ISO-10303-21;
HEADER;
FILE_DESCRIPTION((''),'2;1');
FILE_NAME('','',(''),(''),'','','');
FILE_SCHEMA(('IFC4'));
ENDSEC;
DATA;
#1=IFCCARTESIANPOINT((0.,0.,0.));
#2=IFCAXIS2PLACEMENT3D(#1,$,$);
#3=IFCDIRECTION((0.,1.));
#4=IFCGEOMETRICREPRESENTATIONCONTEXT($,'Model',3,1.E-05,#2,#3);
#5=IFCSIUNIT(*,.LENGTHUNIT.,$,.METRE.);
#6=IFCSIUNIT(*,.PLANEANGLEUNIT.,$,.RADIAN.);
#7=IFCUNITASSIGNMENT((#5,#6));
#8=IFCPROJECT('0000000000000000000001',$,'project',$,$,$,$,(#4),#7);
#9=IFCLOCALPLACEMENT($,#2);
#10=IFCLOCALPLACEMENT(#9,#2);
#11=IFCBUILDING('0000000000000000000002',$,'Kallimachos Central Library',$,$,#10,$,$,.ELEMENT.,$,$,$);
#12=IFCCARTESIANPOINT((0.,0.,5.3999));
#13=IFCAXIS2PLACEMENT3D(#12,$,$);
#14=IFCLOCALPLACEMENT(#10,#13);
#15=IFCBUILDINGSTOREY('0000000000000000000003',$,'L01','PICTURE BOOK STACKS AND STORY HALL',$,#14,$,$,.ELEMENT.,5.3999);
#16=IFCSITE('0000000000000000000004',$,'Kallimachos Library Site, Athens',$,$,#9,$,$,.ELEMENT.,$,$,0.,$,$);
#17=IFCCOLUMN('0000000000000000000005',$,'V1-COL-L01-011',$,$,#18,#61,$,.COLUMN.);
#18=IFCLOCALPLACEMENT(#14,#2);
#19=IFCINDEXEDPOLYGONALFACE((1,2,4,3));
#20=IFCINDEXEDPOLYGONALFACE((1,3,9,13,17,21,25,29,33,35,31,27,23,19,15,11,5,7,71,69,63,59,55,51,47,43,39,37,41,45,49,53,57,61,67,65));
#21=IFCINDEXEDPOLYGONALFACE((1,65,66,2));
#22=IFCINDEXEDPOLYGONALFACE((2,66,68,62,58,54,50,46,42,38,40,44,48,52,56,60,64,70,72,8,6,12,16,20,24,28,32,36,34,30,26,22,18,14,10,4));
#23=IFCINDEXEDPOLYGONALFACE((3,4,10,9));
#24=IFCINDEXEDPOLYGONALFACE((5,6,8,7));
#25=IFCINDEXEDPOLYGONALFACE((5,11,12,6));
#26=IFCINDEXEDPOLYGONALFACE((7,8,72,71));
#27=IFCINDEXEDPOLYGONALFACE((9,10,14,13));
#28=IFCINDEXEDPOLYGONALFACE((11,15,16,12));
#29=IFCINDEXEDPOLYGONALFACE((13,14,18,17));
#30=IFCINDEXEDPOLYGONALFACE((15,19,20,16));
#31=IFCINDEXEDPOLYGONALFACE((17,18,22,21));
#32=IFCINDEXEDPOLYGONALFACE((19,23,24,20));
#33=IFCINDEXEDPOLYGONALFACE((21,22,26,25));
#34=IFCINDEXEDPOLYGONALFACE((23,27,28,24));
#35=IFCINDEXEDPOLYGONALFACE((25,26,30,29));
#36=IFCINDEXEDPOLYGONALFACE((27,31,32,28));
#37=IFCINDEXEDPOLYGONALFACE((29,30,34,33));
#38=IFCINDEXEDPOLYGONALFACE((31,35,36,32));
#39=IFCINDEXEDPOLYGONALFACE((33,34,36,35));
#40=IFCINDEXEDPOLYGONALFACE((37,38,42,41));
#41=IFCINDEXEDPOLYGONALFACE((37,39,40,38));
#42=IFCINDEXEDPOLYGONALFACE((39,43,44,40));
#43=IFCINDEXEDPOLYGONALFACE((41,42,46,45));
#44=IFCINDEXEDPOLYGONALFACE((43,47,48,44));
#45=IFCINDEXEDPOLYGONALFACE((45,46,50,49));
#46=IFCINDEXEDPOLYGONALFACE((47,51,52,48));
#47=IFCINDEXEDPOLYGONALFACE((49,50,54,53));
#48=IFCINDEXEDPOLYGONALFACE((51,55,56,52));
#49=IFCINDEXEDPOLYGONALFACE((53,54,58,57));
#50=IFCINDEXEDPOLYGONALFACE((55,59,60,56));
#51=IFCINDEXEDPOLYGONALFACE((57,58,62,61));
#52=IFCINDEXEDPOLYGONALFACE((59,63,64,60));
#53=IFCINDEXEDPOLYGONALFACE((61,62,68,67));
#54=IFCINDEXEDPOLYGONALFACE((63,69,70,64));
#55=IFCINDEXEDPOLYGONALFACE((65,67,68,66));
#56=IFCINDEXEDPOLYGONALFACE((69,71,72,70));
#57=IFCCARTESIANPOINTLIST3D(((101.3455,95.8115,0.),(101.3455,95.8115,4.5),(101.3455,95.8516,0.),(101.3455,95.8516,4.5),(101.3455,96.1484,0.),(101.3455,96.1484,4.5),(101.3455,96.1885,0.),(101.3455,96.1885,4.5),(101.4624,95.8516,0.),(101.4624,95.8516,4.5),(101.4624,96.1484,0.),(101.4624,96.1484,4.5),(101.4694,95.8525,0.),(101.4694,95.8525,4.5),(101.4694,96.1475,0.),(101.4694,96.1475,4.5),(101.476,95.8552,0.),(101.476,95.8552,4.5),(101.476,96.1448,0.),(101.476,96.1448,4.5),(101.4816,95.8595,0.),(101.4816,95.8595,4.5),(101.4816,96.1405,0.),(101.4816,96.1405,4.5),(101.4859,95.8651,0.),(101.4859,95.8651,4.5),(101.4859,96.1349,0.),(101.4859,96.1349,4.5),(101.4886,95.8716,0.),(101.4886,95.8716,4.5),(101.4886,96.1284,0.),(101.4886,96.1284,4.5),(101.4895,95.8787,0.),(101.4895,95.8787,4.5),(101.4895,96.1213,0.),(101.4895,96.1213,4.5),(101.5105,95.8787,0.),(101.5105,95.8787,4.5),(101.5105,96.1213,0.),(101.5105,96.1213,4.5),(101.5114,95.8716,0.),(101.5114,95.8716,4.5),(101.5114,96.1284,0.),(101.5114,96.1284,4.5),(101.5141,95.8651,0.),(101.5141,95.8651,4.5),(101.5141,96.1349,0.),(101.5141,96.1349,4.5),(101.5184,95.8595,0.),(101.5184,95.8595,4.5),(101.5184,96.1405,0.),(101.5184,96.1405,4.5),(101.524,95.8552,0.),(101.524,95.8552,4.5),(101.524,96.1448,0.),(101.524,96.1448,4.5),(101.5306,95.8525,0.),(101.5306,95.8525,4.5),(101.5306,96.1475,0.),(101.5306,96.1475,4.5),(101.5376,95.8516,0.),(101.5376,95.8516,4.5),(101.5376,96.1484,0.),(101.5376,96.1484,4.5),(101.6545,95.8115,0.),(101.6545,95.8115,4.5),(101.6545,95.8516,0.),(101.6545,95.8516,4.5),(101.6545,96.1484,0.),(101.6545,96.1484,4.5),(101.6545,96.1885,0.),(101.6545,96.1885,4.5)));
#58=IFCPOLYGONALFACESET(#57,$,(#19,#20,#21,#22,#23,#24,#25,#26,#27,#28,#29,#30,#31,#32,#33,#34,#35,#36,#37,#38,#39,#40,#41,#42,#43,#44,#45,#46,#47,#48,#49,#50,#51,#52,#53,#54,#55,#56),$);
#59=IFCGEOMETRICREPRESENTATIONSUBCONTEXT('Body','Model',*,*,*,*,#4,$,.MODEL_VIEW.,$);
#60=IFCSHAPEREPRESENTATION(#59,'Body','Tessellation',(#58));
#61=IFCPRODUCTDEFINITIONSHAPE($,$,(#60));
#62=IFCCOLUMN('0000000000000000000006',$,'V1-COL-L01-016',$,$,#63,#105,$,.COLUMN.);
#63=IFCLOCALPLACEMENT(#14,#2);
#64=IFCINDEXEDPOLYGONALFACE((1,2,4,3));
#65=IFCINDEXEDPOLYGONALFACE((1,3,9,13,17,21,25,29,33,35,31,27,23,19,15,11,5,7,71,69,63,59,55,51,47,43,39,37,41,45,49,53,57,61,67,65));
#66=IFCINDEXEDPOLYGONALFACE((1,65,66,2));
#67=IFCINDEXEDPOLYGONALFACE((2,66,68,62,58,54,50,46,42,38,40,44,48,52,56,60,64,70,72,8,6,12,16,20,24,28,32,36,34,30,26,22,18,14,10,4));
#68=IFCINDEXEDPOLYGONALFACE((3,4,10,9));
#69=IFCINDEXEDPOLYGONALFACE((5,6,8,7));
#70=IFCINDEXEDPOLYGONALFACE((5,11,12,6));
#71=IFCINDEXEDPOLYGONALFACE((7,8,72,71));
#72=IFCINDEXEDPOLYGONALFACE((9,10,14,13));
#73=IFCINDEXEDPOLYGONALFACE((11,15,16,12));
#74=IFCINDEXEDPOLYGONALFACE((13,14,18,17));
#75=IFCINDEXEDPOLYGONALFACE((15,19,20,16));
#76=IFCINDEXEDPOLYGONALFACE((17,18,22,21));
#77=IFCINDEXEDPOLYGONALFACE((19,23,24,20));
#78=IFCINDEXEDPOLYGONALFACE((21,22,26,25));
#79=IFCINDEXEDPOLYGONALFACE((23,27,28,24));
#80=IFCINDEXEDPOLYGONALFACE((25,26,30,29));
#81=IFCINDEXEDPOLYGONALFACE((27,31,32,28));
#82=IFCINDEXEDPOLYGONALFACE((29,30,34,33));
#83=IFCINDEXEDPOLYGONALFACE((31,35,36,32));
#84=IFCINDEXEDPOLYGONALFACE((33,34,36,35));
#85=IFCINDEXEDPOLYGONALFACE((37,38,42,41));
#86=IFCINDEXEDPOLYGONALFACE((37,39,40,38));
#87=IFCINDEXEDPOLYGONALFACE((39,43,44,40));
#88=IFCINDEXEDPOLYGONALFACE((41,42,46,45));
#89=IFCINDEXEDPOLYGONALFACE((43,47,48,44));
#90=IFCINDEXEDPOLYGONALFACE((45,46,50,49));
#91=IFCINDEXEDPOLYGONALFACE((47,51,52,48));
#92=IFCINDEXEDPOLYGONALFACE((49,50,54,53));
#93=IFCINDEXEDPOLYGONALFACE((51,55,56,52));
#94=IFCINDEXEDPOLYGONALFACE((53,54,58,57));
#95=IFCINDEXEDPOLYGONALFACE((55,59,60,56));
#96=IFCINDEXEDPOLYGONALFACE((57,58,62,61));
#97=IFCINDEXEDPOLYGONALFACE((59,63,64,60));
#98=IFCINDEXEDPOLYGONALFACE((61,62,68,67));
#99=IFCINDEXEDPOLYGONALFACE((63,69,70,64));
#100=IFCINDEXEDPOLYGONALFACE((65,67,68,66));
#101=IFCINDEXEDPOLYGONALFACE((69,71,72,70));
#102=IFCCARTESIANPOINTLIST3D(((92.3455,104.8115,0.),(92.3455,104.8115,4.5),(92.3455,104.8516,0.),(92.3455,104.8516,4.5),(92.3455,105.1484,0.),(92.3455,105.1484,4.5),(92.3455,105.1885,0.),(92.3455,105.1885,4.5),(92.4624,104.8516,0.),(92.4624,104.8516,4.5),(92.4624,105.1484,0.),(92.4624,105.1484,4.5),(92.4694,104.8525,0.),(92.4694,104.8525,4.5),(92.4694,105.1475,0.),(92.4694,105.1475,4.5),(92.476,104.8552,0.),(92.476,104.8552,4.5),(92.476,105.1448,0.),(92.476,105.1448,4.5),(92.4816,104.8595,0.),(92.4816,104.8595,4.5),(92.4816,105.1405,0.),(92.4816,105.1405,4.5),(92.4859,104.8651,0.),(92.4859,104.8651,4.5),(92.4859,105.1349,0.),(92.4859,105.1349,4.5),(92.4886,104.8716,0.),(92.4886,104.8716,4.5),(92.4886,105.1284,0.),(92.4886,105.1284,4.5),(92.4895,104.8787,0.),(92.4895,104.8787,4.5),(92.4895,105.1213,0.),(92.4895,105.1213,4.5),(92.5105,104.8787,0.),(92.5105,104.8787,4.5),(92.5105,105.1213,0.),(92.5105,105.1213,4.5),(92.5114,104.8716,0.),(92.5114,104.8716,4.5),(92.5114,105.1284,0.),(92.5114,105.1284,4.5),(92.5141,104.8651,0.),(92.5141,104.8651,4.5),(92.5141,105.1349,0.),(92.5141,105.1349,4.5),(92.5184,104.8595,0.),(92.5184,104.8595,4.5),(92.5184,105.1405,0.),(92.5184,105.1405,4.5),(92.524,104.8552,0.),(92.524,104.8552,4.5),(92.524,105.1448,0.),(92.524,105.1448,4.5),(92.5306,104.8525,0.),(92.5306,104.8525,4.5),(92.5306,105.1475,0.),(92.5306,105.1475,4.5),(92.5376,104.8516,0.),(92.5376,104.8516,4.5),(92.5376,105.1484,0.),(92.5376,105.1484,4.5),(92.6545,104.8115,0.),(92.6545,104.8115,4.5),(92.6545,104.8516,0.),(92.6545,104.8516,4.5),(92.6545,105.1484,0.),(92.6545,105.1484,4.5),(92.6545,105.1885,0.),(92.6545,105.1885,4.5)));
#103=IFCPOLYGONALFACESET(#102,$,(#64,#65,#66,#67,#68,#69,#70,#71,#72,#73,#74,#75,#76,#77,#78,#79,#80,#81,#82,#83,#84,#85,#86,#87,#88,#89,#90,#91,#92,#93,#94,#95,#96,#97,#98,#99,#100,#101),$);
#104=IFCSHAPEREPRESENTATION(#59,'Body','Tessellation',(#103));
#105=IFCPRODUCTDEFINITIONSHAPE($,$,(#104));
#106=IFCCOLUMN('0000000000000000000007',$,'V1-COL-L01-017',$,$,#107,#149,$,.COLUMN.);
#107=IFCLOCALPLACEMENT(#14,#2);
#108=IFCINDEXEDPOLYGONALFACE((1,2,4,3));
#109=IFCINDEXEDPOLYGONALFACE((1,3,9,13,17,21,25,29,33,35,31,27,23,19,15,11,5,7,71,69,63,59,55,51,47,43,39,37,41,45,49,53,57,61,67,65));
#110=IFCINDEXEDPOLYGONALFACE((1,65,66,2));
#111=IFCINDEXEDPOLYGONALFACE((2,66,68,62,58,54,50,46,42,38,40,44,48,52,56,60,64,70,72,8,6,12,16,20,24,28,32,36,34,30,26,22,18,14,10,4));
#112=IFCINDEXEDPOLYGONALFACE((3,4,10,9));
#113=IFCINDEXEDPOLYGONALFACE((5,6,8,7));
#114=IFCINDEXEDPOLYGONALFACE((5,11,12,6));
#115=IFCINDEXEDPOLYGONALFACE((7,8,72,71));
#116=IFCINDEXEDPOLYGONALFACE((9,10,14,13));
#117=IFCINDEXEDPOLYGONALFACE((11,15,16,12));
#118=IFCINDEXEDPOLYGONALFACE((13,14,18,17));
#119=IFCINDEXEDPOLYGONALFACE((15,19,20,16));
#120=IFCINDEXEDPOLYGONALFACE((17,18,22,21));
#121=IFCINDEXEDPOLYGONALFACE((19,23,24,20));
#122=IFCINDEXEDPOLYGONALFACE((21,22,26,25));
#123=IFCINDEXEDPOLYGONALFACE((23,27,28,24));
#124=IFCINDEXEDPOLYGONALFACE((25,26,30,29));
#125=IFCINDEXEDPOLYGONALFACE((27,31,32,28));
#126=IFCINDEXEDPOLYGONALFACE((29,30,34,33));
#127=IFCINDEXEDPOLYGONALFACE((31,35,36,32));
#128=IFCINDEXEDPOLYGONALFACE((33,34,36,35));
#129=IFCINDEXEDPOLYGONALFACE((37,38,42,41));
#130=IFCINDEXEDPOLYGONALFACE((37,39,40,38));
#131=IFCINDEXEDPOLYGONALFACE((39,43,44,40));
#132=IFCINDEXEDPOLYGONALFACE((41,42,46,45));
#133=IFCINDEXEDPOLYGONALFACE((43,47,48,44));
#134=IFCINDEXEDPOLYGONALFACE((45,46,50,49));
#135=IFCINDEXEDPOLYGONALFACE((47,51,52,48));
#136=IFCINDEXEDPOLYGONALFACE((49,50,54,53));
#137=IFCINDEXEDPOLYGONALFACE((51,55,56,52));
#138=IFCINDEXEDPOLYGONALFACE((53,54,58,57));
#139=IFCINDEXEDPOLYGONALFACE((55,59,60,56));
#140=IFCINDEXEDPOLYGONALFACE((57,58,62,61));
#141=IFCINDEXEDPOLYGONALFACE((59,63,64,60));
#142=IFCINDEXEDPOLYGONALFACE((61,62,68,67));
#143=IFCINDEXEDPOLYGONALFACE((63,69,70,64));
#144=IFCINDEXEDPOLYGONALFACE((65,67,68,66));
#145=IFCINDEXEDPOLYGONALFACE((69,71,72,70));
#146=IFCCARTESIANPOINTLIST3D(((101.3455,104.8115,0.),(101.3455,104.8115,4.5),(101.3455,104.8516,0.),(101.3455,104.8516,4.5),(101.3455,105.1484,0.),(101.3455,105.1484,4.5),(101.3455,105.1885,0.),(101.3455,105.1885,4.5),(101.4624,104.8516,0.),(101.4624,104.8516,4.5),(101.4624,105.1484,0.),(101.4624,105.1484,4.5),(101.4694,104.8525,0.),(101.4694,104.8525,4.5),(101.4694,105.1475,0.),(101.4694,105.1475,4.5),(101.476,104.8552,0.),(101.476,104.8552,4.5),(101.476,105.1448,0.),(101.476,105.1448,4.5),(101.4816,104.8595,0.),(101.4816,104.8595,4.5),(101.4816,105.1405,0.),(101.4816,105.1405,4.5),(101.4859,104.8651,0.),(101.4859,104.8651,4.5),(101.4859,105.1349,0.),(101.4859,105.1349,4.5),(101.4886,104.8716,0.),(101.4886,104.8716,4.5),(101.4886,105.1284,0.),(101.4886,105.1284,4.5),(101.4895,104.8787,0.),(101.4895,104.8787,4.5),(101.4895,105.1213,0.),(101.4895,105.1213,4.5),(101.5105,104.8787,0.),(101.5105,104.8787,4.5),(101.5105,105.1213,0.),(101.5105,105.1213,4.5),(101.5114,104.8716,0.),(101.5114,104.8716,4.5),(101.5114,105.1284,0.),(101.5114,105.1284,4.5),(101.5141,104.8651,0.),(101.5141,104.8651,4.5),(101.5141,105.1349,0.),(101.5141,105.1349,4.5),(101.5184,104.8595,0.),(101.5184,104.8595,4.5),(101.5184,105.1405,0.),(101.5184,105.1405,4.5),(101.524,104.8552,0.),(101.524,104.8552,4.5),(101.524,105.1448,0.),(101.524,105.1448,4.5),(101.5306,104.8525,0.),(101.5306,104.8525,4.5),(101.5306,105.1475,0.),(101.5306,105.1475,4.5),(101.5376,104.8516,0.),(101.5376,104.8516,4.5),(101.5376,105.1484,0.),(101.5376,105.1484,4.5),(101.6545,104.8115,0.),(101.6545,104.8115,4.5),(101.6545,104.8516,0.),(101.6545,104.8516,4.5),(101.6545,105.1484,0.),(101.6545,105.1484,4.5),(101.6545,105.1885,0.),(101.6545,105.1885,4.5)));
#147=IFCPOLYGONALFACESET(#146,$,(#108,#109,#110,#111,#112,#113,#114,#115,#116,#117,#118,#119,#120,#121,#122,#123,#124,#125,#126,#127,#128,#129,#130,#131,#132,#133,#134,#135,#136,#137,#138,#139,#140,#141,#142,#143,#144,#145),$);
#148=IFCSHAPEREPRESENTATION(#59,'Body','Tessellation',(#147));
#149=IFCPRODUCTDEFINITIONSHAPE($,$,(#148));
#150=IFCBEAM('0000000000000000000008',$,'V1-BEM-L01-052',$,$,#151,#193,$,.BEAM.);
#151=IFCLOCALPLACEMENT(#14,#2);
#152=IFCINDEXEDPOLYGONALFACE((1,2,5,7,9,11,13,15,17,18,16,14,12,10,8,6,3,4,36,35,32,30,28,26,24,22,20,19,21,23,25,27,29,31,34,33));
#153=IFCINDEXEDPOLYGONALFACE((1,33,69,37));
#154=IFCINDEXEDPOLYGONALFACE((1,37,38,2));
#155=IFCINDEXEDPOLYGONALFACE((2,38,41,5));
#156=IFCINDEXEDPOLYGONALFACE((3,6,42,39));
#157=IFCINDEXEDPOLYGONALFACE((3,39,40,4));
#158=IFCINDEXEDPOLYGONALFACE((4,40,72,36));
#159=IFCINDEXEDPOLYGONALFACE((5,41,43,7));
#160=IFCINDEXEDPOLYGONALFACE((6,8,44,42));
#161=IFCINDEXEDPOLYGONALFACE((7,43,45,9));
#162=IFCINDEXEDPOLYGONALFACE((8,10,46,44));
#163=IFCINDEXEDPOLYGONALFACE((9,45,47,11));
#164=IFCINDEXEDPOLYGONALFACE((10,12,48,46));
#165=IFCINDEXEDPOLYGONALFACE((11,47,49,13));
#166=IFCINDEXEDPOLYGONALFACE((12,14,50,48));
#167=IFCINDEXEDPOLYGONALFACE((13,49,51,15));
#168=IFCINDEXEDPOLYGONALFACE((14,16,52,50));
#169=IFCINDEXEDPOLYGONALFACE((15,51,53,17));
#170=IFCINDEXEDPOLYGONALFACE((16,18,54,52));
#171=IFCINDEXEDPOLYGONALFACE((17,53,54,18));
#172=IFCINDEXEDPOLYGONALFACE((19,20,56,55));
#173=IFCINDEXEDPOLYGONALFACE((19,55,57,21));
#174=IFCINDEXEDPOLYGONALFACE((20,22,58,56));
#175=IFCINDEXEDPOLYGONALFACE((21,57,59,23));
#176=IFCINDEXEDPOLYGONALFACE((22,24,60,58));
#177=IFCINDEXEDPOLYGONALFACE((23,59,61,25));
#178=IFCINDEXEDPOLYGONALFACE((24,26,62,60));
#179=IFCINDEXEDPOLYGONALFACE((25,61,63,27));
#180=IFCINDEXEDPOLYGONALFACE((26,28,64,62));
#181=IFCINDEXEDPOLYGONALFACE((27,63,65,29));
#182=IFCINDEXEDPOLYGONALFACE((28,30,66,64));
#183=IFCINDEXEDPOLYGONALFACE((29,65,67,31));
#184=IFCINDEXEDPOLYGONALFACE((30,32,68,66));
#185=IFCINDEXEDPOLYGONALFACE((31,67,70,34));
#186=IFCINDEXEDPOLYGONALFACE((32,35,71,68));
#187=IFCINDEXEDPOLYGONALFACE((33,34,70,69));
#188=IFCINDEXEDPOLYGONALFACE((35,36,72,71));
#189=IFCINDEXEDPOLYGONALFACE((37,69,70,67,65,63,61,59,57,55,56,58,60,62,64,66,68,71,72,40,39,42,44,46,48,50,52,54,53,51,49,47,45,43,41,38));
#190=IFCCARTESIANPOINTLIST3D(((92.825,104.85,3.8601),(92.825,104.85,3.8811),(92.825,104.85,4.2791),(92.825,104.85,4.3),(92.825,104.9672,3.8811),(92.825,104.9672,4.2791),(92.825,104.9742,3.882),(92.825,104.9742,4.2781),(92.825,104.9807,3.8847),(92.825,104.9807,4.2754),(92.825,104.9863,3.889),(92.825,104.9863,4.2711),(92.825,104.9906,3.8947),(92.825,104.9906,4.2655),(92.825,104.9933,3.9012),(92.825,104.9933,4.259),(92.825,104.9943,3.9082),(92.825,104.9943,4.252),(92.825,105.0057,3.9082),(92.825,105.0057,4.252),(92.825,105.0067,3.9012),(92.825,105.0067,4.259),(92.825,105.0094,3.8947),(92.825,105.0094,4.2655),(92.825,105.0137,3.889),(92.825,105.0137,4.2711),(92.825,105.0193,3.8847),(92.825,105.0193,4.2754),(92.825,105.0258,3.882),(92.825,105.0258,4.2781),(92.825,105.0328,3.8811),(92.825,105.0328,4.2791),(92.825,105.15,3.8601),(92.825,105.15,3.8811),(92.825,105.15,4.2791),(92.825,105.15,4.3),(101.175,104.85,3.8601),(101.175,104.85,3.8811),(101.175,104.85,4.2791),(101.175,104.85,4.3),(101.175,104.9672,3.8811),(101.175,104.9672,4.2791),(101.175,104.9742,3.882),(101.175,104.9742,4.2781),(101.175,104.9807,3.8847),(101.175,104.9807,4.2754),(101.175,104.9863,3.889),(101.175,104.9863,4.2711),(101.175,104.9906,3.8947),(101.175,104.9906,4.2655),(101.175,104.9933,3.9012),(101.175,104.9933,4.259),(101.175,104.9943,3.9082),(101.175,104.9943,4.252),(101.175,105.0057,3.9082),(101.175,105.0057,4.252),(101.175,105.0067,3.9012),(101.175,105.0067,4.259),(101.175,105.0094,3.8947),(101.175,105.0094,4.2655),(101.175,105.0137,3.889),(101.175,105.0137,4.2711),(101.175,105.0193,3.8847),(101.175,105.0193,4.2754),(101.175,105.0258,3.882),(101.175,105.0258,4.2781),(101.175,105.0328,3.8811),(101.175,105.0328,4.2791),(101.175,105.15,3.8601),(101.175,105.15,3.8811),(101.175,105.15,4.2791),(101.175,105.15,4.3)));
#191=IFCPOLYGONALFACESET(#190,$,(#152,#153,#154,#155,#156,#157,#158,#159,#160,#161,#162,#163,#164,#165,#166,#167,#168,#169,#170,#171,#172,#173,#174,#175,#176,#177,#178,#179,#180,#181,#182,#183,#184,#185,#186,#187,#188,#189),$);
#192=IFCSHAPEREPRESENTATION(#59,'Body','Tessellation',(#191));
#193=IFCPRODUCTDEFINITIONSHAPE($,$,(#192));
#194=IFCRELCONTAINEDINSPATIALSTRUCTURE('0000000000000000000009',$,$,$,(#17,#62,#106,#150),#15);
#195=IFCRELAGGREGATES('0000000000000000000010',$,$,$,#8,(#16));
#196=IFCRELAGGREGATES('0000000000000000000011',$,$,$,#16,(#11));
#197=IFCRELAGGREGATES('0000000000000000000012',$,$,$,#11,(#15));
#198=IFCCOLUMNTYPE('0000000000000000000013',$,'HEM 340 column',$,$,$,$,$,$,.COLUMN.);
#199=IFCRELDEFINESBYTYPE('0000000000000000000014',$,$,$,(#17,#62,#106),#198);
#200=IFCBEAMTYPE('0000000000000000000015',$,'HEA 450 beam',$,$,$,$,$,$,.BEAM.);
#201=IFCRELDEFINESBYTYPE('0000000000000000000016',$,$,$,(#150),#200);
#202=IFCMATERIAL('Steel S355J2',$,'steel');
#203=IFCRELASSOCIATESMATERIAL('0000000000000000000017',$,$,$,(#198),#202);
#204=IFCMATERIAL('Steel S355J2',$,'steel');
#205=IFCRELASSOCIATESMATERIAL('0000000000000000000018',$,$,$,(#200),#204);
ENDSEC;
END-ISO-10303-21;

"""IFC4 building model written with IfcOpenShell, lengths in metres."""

from ifc_helpers import new_model, si_unit, direction, frame, origin, origin_2d, place, context, subcontext, project, spatial, i_section, extrude, material, material_profile, profile_set, type_object, element, save


model = new_model("IFC4")

# Units and contexts
model_context = context("Model", 3, precision=1e-05, world=origin(), true_north=direction((0.0, 1.0)))
body_context = subcontext(model_context, "Body", "Model", "MODEL_VIEW")
ifc_project = project(units=[si_unit("LENGTHUNIT", "METRE"), si_unit("PLANEANGLEUNIT", "RADIAN")], contexts=[model_context])

# Site, building, storey
site_placement = place(None, origin())
site = spatial("IfcSite", under=ifc_project, at=site_placement, Name="Kallimachos Library Site, Athens", CompositionType="ELEMENT", RefElevation=0.0)
building_placement = place(site_placement, origin())
building = spatial("IfcBuilding", under=site, at=building_placement, Name="Kallimachos Central Library", CompositionType="ELEMENT")
storey_placement = place(building_placement, frame((0.0, 0.0, 5.3999)))
storey = spatial("IfcBuildingStorey", under=building, at=storey_placement, Name="L01", Description="PICTURE BOOK STACKS AND STORY HALL", CompositionType="ELEMENT", Elevation=5.3999)

# Columns
ifc_material_1 = material(Name="Steel S355J2", Category="steel")
ifc_material_profile_1 = material_profile(ifc_material_1, i_section(OverallWidth=0.3091, OverallDepth=0.377, WebThickness=0.021, FlangeThickness=0.04, FilletRadius=0.0271, at=origin_2d()), Name="HEM 340")
ifc_profile_set_1 = profile_set([ifc_material_profile_1], Name="Steel S355J2")
column_type = type_object("IfcColumnType", Name="HEM 340 column", PredefinedType="COLUMN", material=ifc_profile_set_1)
for number, where, z_axis, x_axis, name in (
    (1, (101.5, 96.0, 0.0), (0.0, 0.0, 1.0), (1.0, 0.0, 0.0), "V1-COL-L01-011"),
    (2, (92.5, 105.0, 0.0), (0.0, 0.0, 1.0), (1.0, 0.0, 0.0), "V1-COL-L01-016"),
    (3, (101.5, 105.0, 0.0), (0.0, 0.0, 1.0), (1.0, 0.0, 0.0), "V1-COL-L01-017"),
):
    element("IfcColumn", number, at=place(storey_placement, frame(where, z_axis=z_axis, x_axis=x_axis)), inside=storey, type_object=column_type, Name=name, PredefinedType="COLUMN", context=body_context, shape_type="SweptSolid", body=[
        extrude(i_section(OverallWidth=0.3091, OverallDepth=0.377, WebThickness=0.021, FlangeThickness=0.04, FilletRadius=0.0271, at=origin_2d()), origin(), (0.0, 0.0, 1.0), 4.5),
    ])

# Beam
ifc_material_2 = material(Name="Steel S355J2", Category="steel")
ifc_material_profile_2 = material_profile(ifc_material_2, i_section(OverallWidth=0.3, OverallDepth=0.4399, WebThickness=0.0115, FlangeThickness=0.021, FilletRadius=0.0271, at=origin_2d()), Name="HEA 450")
ifc_profile_set_2 = profile_set([ifc_material_profile_2], Name="Steel S355J2")
beam_type_1 = type_object("IfcBeamType", Name="HEA 450 beam", PredefinedType="BEAM", material=ifc_profile_set_2)
beam_1_placement = place(storey_placement, frame((92.825, 105.0, 4.0801), z_axis=(1.0, 0.0, 0.0), x_axis=(0.0, 1.0, 0.0)))
element("IfcBeam", 4, at=beam_1_placement, inside=storey, type_object=beam_type_1, Name="V1-BEM-L01-052", PredefinedType="BEAM", context=body_context, shape_type="SweptSolid", body=[
    extrude(i_section(OverallWidth=0.3, OverallDepth=0.4399, WebThickness=0.0115, FlangeThickness=0.021, FilletRadius=0.0271, at=origin_2d()), origin(), (0.0, 0.0, 1.0), 8.3501),
])

save(model, "model.ifc")
